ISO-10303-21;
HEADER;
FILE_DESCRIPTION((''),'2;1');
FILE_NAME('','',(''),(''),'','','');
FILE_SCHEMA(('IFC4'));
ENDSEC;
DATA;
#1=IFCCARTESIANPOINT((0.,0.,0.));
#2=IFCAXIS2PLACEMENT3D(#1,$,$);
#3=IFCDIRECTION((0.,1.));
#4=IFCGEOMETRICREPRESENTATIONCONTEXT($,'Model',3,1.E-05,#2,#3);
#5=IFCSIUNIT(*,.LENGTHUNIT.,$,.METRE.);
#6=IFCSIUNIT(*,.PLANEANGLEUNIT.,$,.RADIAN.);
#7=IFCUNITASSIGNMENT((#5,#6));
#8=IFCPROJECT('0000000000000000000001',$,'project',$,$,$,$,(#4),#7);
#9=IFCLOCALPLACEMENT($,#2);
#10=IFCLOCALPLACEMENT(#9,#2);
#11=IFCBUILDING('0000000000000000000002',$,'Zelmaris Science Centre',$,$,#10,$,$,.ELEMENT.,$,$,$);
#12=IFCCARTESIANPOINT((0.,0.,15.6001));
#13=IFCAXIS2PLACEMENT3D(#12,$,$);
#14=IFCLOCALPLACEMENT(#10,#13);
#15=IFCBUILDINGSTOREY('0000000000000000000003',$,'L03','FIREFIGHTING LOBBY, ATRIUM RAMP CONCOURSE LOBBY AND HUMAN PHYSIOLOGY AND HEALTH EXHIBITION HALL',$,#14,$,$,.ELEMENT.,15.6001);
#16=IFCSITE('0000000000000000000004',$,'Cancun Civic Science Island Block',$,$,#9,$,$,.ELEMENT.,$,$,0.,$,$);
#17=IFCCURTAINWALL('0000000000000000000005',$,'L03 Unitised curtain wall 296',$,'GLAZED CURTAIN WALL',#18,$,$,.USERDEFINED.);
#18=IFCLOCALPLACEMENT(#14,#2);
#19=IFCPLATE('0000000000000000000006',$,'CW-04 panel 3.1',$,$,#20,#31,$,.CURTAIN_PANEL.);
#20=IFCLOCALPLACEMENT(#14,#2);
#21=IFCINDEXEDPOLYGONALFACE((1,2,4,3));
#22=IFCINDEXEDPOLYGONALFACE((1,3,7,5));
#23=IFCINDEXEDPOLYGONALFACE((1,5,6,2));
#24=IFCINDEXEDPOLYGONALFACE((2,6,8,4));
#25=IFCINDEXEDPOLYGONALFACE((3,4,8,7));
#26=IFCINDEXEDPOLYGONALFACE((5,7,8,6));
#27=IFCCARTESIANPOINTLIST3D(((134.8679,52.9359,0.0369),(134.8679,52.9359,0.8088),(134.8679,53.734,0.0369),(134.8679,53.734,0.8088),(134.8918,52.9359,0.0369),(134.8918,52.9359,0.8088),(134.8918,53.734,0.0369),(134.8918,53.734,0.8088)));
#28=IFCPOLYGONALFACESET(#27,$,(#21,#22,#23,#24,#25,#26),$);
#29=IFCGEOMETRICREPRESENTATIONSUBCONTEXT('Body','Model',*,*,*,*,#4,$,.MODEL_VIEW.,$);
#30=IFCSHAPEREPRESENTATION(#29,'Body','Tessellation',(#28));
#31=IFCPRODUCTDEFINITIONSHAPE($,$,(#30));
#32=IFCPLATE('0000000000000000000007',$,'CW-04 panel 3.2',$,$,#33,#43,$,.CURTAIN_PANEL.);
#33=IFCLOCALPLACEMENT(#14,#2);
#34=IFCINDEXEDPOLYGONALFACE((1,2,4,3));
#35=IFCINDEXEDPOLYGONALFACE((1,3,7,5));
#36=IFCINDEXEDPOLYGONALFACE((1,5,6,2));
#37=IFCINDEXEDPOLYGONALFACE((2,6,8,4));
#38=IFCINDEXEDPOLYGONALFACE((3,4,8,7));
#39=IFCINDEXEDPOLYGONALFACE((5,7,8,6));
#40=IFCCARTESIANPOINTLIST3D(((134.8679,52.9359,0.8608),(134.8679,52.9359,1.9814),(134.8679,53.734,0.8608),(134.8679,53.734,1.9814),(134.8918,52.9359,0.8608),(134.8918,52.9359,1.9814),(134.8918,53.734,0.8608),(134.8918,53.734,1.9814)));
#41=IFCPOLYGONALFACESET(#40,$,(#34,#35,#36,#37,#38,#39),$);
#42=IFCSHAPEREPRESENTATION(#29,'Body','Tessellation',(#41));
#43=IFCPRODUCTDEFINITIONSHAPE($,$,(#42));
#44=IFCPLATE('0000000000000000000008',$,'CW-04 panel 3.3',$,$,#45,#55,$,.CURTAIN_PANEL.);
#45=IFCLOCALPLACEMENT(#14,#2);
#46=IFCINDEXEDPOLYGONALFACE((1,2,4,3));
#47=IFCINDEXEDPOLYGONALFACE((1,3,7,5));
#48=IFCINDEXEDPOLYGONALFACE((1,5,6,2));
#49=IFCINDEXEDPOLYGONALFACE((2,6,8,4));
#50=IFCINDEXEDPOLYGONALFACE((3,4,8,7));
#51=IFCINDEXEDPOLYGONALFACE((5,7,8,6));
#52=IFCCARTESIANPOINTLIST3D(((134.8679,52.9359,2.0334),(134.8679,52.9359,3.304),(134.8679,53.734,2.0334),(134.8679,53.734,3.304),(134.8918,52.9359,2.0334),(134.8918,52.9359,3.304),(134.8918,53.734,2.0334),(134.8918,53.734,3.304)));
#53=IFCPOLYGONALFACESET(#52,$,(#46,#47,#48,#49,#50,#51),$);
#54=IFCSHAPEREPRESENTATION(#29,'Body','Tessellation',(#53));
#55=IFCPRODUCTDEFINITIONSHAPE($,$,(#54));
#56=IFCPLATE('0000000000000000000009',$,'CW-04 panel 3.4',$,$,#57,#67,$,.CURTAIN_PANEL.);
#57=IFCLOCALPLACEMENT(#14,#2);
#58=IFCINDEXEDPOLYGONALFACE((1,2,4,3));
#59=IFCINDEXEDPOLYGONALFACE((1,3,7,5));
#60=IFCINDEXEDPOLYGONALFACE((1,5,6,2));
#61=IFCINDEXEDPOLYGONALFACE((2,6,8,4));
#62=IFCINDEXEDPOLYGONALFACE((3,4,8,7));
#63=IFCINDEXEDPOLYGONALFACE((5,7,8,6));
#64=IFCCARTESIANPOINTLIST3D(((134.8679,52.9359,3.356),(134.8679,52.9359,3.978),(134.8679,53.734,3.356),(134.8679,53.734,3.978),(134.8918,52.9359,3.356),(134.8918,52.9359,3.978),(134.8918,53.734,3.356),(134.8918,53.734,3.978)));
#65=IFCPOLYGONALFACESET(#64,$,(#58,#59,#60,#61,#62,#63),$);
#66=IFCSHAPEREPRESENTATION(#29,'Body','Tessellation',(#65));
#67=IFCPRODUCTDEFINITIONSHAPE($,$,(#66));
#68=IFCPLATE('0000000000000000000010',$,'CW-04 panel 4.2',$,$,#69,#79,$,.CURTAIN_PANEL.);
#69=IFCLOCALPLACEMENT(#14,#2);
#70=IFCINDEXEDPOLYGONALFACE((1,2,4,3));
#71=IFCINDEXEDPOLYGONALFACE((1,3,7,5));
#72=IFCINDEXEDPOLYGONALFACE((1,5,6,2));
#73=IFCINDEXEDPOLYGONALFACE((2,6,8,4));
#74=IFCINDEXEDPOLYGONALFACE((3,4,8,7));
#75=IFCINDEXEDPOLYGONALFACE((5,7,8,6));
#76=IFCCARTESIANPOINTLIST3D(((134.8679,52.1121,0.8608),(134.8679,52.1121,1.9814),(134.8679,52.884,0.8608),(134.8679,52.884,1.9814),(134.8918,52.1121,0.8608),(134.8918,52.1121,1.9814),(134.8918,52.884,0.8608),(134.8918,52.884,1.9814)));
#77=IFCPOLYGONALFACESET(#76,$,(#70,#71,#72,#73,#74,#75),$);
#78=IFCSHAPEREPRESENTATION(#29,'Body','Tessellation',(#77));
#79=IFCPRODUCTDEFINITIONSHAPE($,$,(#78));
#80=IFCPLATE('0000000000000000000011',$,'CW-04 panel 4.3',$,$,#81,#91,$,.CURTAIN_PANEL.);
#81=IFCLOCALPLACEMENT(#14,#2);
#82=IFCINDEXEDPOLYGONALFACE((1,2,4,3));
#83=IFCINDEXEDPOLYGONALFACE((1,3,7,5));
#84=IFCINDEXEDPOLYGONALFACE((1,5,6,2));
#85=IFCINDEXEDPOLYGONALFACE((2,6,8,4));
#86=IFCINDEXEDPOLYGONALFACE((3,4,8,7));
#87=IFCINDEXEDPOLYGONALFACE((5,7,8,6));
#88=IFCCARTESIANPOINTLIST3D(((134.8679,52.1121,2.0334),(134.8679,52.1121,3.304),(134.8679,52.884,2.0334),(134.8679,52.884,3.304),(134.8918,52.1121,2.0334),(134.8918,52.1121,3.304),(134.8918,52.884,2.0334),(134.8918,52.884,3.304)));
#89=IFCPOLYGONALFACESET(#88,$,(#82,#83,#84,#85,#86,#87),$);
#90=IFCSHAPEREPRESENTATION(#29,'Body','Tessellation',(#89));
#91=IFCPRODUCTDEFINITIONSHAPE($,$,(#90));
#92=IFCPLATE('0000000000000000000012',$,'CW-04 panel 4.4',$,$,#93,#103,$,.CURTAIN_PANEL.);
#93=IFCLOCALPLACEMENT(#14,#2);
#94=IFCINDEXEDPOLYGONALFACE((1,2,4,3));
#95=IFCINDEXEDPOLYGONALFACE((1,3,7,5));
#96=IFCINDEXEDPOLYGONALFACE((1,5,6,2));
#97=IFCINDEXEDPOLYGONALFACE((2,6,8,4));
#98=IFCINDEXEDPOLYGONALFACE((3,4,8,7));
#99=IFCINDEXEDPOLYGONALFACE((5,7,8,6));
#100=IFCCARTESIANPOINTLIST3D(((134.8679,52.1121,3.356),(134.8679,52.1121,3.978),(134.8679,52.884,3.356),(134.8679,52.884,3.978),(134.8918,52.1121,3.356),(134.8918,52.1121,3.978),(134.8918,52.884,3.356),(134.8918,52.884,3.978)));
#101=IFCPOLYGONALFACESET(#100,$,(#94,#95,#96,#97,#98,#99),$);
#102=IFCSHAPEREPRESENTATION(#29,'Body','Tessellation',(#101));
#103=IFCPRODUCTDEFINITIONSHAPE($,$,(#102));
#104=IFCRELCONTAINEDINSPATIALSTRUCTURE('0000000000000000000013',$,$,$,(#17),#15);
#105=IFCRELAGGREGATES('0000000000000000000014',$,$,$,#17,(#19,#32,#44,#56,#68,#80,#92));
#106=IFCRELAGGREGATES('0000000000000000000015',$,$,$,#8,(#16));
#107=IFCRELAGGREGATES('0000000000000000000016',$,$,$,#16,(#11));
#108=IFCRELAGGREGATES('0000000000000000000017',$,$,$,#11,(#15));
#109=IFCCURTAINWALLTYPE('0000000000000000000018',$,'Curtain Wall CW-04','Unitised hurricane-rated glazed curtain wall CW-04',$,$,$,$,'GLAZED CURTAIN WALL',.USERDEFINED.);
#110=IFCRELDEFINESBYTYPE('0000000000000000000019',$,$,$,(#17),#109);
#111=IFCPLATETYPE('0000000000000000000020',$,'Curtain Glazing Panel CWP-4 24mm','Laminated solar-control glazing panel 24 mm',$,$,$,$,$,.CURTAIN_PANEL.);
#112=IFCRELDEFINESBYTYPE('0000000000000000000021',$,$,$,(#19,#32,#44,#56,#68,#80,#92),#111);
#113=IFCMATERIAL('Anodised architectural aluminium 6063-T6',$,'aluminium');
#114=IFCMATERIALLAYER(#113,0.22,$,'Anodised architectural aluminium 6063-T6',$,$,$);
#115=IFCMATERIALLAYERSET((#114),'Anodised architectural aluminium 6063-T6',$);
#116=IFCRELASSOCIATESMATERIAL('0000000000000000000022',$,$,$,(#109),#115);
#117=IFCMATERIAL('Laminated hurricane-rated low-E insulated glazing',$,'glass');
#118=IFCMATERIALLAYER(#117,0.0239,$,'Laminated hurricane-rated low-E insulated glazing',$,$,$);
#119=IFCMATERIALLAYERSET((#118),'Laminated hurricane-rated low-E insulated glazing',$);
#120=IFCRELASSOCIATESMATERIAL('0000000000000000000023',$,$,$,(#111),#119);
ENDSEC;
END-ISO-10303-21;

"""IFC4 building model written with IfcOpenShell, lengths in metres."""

from ifc_helpers import new_model, si_unit, direction, frame, origin, origin_2d, place, context, subcontext, project, spatial, rectangle, extrude, material, layer, layer_set, type_object, element, aggregate, save


model = new_model("IFC4")

# Units and contexts
model_context = context("Model", 3, precision=1e-05, world=origin(), true_north=direction((0.0, 1.0)))
body_context = subcontext(model_context, "Body", "Model", "MODEL_VIEW")
ifc_project = project(units=[si_unit("LENGTHUNIT", "METRE"), si_unit("PLANEANGLEUNIT", "RADIAN")], contexts=[model_context])

# Site, building, storey
site_placement = place(None, origin())
site = spatial("IfcSite", under=ifc_project, at=site_placement, Name="Cancun Civic Science Island Block", CompositionType="ELEMENT", RefElevation=0.0)
building_placement = place(site_placement, origin())
building = spatial("IfcBuilding", under=site, at=building_placement, Name="Zelmaris Science Centre", CompositionType="ELEMENT")
storey_placement = place(building_placement, frame((0.0, 0.0, 15.6001)))
storey = spatial("IfcBuildingStorey", under=building, at=storey_placement, Name="L03", Description="FIREFIGHTING LOBBY, ATRIUM RAMP CONCOURSE LOBBY AND HUMAN PHYSIOLOGY AND HEALTH EXHIBITION HALL", CompositionType="ELEMENT", Elevation=15.6001)

# Curtain wall
ifc_material_1 = material(Name="Anodised architectural aluminium 6063-T6", Category="aluminium")
ifc_layer_1 = layer(ifc_material_1, 0.22, Name="Anodised architectural aluminium 6063-T6")
ifc_layer_set_1 = layer_set([ifc_layer_1], Name="Anodised architectural aluminium 6063-T6")
curtain_wall_type = type_object("IfcCurtainWallType", Name="Curtain Wall CW-04", Description="Unitised hurricane-rated glazed curtain wall CW-04", ElementType="GLAZED CURTAIN WALL", PredefinedType="USERDEFINED", material=ifc_layer_set_1)
curtain_wall_placement = place(storey_placement, origin())
curtain_wall = element("IfcCurtainWall", 1, at=curtain_wall_placement, inside=storey, type_object=curtain_wall_type, Name="L03 Unitised curtain wall 296", ObjectType="GLAZED CURTAIN WALL", PredefinedType="USERDEFINED")

# Plates
ifc_material_2 = material(Name="Laminated hurricane-rated low-E insulated glazing", Category="glass")
ifc_layer_2 = layer(ifc_material_2, 0.0239, Name="Laminated hurricane-rated low-E insulated glazing")
ifc_layer_set_2 = layer_set([ifc_layer_2], Name="Laminated hurricane-rated low-E insulated glazing")
plate_type = type_object("IfcPlateType", Name="Curtain Glazing Panel CWP-4 24mm", Description="Laminated solar-control glazing panel 24 mm", PredefinedType="CURTAIN_PANEL", material=ifc_layer_set_2)
plate_1_placement = place(storey_placement, frame((134.8799, 53.335, 0.0369), z_axis=(0.0, 0.0, 1.0), x_axis=(0.0, -1.0, 0.0)))
plate_1 = element("IfcPlate", 2, at=plate_1_placement, type_object=plate_type, Name="CW-04 panel 3.1", PredefinedType="CURTAIN_PANEL", context=body_context, shape_type="SweptSolid", body=[
    extrude(rectangle(XDim=0.7981, YDim=0.0239, at=origin_2d()), origin(), (0.0, 0.0, 1.0), 0.772),
])
plate_2_placement = place(storey_placement, frame((134.8799, 53.335, 0.8608), z_axis=(0.0, 0.0, 1.0), x_axis=(0.0, -1.0, 0.0)))
plate_2 = element("IfcPlate", 3, at=plate_2_placement, type_object=plate_type, Name="CW-04 panel 3.2", PredefinedType="CURTAIN_PANEL", context=body_context, shape_type="SweptSolid", body=[
    extrude(rectangle(XDim=0.7981, YDim=0.0239, at=origin_2d()), origin(), (0.0, 0.0, 1.0), 1.1206),
])
plate_3_placement = place(storey_placement, frame((134.8799, 53.335, 2.0334), z_axis=(0.0, 0.0, 1.0), x_axis=(0.0, -1.0, 0.0)))
plate_3 = element("IfcPlate", 4, at=plate_3_placement, type_object=plate_type, Name="CW-04 panel 3.3", PredefinedType="CURTAIN_PANEL", context=body_context, shape_type="SweptSolid", body=[
    extrude(rectangle(XDim=0.7981, YDim=0.0239, at=origin_2d()), origin(), (0.0, 0.0, 1.0), 1.2705),
])
plate_4_placement = place(storey_placement, frame((134.8799, 53.335, 3.356), z_axis=(0.0, 0.0, 1.0), x_axis=(0.0, -1.0, 0.0)))
plate_4 = element("IfcPlate", 5, at=plate_4_placement, type_object=plate_type, Name="CW-04 panel 3.4", PredefinedType="CURTAIN_PANEL", context=body_context, shape_type="SweptSolid", body=[
    extrude(rectangle(XDim=0.7981, YDim=0.0239, at=origin_2d()), origin(), (0.0, 0.0, 1.0), 0.6221),
])
plate_5_placement = place(storey_placement, frame((134.8799, 52.498, 0.8608), z_axis=(0.0, 0.0, 1.0), x_axis=(0.0, -1.0, 0.0)))
plate_5 = element("IfcPlate", 6, at=plate_5_placement, type_object=plate_type, Name="CW-04 panel 4.2", PredefinedType="CURTAIN_PANEL", context=body_context, shape_type="SweptSolid", body=[
    extrude(rectangle(XDim=0.772, YDim=0.0239, at=origin_2d()), origin(), (0.0, 0.0, 1.0), 1.1206),
])
plate_6_placement = place(storey_placement, frame((134.8799, 52.498, 2.0334), z_axis=(0.0, 0.0, 1.0), x_axis=(0.0, -1.0, 0.0)))
plate_6 = element("IfcPlate", 7, at=plate_6_placement, type_object=plate_type, Name="CW-04 panel 4.3", PredefinedType="CURTAIN_PANEL", context=body_context, shape_type="SweptSolid", body=[
    extrude(rectangle(XDim=0.772, YDim=0.0239, at=origin_2d()), origin(), (0.0, 0.0, 1.0), 1.2705),
])
plate_7_placement = place(storey_placement, frame((134.8799, 52.498, 3.356), z_axis=(0.0, 0.0, 1.0), x_axis=(0.0, -1.0, 0.0)))
plate_7 = element("IfcPlate", 8, at=plate_7_placement, type_object=plate_type, Name="CW-04 panel 4.4", PredefinedType="CURTAIN_PANEL", context=body_context, shape_type="SweptSolid", body=[
    extrude(rectangle(XDim=0.772, YDim=0.0239, at=origin_2d()), origin(), (0.0, 0.0, 1.0), 0.6221),
])
aggregate(curtain_wall, [plate_1, plate_2, plate_3, plate_4, plate_5, plate_6, plate_7])

save(model, "model.ifc")
